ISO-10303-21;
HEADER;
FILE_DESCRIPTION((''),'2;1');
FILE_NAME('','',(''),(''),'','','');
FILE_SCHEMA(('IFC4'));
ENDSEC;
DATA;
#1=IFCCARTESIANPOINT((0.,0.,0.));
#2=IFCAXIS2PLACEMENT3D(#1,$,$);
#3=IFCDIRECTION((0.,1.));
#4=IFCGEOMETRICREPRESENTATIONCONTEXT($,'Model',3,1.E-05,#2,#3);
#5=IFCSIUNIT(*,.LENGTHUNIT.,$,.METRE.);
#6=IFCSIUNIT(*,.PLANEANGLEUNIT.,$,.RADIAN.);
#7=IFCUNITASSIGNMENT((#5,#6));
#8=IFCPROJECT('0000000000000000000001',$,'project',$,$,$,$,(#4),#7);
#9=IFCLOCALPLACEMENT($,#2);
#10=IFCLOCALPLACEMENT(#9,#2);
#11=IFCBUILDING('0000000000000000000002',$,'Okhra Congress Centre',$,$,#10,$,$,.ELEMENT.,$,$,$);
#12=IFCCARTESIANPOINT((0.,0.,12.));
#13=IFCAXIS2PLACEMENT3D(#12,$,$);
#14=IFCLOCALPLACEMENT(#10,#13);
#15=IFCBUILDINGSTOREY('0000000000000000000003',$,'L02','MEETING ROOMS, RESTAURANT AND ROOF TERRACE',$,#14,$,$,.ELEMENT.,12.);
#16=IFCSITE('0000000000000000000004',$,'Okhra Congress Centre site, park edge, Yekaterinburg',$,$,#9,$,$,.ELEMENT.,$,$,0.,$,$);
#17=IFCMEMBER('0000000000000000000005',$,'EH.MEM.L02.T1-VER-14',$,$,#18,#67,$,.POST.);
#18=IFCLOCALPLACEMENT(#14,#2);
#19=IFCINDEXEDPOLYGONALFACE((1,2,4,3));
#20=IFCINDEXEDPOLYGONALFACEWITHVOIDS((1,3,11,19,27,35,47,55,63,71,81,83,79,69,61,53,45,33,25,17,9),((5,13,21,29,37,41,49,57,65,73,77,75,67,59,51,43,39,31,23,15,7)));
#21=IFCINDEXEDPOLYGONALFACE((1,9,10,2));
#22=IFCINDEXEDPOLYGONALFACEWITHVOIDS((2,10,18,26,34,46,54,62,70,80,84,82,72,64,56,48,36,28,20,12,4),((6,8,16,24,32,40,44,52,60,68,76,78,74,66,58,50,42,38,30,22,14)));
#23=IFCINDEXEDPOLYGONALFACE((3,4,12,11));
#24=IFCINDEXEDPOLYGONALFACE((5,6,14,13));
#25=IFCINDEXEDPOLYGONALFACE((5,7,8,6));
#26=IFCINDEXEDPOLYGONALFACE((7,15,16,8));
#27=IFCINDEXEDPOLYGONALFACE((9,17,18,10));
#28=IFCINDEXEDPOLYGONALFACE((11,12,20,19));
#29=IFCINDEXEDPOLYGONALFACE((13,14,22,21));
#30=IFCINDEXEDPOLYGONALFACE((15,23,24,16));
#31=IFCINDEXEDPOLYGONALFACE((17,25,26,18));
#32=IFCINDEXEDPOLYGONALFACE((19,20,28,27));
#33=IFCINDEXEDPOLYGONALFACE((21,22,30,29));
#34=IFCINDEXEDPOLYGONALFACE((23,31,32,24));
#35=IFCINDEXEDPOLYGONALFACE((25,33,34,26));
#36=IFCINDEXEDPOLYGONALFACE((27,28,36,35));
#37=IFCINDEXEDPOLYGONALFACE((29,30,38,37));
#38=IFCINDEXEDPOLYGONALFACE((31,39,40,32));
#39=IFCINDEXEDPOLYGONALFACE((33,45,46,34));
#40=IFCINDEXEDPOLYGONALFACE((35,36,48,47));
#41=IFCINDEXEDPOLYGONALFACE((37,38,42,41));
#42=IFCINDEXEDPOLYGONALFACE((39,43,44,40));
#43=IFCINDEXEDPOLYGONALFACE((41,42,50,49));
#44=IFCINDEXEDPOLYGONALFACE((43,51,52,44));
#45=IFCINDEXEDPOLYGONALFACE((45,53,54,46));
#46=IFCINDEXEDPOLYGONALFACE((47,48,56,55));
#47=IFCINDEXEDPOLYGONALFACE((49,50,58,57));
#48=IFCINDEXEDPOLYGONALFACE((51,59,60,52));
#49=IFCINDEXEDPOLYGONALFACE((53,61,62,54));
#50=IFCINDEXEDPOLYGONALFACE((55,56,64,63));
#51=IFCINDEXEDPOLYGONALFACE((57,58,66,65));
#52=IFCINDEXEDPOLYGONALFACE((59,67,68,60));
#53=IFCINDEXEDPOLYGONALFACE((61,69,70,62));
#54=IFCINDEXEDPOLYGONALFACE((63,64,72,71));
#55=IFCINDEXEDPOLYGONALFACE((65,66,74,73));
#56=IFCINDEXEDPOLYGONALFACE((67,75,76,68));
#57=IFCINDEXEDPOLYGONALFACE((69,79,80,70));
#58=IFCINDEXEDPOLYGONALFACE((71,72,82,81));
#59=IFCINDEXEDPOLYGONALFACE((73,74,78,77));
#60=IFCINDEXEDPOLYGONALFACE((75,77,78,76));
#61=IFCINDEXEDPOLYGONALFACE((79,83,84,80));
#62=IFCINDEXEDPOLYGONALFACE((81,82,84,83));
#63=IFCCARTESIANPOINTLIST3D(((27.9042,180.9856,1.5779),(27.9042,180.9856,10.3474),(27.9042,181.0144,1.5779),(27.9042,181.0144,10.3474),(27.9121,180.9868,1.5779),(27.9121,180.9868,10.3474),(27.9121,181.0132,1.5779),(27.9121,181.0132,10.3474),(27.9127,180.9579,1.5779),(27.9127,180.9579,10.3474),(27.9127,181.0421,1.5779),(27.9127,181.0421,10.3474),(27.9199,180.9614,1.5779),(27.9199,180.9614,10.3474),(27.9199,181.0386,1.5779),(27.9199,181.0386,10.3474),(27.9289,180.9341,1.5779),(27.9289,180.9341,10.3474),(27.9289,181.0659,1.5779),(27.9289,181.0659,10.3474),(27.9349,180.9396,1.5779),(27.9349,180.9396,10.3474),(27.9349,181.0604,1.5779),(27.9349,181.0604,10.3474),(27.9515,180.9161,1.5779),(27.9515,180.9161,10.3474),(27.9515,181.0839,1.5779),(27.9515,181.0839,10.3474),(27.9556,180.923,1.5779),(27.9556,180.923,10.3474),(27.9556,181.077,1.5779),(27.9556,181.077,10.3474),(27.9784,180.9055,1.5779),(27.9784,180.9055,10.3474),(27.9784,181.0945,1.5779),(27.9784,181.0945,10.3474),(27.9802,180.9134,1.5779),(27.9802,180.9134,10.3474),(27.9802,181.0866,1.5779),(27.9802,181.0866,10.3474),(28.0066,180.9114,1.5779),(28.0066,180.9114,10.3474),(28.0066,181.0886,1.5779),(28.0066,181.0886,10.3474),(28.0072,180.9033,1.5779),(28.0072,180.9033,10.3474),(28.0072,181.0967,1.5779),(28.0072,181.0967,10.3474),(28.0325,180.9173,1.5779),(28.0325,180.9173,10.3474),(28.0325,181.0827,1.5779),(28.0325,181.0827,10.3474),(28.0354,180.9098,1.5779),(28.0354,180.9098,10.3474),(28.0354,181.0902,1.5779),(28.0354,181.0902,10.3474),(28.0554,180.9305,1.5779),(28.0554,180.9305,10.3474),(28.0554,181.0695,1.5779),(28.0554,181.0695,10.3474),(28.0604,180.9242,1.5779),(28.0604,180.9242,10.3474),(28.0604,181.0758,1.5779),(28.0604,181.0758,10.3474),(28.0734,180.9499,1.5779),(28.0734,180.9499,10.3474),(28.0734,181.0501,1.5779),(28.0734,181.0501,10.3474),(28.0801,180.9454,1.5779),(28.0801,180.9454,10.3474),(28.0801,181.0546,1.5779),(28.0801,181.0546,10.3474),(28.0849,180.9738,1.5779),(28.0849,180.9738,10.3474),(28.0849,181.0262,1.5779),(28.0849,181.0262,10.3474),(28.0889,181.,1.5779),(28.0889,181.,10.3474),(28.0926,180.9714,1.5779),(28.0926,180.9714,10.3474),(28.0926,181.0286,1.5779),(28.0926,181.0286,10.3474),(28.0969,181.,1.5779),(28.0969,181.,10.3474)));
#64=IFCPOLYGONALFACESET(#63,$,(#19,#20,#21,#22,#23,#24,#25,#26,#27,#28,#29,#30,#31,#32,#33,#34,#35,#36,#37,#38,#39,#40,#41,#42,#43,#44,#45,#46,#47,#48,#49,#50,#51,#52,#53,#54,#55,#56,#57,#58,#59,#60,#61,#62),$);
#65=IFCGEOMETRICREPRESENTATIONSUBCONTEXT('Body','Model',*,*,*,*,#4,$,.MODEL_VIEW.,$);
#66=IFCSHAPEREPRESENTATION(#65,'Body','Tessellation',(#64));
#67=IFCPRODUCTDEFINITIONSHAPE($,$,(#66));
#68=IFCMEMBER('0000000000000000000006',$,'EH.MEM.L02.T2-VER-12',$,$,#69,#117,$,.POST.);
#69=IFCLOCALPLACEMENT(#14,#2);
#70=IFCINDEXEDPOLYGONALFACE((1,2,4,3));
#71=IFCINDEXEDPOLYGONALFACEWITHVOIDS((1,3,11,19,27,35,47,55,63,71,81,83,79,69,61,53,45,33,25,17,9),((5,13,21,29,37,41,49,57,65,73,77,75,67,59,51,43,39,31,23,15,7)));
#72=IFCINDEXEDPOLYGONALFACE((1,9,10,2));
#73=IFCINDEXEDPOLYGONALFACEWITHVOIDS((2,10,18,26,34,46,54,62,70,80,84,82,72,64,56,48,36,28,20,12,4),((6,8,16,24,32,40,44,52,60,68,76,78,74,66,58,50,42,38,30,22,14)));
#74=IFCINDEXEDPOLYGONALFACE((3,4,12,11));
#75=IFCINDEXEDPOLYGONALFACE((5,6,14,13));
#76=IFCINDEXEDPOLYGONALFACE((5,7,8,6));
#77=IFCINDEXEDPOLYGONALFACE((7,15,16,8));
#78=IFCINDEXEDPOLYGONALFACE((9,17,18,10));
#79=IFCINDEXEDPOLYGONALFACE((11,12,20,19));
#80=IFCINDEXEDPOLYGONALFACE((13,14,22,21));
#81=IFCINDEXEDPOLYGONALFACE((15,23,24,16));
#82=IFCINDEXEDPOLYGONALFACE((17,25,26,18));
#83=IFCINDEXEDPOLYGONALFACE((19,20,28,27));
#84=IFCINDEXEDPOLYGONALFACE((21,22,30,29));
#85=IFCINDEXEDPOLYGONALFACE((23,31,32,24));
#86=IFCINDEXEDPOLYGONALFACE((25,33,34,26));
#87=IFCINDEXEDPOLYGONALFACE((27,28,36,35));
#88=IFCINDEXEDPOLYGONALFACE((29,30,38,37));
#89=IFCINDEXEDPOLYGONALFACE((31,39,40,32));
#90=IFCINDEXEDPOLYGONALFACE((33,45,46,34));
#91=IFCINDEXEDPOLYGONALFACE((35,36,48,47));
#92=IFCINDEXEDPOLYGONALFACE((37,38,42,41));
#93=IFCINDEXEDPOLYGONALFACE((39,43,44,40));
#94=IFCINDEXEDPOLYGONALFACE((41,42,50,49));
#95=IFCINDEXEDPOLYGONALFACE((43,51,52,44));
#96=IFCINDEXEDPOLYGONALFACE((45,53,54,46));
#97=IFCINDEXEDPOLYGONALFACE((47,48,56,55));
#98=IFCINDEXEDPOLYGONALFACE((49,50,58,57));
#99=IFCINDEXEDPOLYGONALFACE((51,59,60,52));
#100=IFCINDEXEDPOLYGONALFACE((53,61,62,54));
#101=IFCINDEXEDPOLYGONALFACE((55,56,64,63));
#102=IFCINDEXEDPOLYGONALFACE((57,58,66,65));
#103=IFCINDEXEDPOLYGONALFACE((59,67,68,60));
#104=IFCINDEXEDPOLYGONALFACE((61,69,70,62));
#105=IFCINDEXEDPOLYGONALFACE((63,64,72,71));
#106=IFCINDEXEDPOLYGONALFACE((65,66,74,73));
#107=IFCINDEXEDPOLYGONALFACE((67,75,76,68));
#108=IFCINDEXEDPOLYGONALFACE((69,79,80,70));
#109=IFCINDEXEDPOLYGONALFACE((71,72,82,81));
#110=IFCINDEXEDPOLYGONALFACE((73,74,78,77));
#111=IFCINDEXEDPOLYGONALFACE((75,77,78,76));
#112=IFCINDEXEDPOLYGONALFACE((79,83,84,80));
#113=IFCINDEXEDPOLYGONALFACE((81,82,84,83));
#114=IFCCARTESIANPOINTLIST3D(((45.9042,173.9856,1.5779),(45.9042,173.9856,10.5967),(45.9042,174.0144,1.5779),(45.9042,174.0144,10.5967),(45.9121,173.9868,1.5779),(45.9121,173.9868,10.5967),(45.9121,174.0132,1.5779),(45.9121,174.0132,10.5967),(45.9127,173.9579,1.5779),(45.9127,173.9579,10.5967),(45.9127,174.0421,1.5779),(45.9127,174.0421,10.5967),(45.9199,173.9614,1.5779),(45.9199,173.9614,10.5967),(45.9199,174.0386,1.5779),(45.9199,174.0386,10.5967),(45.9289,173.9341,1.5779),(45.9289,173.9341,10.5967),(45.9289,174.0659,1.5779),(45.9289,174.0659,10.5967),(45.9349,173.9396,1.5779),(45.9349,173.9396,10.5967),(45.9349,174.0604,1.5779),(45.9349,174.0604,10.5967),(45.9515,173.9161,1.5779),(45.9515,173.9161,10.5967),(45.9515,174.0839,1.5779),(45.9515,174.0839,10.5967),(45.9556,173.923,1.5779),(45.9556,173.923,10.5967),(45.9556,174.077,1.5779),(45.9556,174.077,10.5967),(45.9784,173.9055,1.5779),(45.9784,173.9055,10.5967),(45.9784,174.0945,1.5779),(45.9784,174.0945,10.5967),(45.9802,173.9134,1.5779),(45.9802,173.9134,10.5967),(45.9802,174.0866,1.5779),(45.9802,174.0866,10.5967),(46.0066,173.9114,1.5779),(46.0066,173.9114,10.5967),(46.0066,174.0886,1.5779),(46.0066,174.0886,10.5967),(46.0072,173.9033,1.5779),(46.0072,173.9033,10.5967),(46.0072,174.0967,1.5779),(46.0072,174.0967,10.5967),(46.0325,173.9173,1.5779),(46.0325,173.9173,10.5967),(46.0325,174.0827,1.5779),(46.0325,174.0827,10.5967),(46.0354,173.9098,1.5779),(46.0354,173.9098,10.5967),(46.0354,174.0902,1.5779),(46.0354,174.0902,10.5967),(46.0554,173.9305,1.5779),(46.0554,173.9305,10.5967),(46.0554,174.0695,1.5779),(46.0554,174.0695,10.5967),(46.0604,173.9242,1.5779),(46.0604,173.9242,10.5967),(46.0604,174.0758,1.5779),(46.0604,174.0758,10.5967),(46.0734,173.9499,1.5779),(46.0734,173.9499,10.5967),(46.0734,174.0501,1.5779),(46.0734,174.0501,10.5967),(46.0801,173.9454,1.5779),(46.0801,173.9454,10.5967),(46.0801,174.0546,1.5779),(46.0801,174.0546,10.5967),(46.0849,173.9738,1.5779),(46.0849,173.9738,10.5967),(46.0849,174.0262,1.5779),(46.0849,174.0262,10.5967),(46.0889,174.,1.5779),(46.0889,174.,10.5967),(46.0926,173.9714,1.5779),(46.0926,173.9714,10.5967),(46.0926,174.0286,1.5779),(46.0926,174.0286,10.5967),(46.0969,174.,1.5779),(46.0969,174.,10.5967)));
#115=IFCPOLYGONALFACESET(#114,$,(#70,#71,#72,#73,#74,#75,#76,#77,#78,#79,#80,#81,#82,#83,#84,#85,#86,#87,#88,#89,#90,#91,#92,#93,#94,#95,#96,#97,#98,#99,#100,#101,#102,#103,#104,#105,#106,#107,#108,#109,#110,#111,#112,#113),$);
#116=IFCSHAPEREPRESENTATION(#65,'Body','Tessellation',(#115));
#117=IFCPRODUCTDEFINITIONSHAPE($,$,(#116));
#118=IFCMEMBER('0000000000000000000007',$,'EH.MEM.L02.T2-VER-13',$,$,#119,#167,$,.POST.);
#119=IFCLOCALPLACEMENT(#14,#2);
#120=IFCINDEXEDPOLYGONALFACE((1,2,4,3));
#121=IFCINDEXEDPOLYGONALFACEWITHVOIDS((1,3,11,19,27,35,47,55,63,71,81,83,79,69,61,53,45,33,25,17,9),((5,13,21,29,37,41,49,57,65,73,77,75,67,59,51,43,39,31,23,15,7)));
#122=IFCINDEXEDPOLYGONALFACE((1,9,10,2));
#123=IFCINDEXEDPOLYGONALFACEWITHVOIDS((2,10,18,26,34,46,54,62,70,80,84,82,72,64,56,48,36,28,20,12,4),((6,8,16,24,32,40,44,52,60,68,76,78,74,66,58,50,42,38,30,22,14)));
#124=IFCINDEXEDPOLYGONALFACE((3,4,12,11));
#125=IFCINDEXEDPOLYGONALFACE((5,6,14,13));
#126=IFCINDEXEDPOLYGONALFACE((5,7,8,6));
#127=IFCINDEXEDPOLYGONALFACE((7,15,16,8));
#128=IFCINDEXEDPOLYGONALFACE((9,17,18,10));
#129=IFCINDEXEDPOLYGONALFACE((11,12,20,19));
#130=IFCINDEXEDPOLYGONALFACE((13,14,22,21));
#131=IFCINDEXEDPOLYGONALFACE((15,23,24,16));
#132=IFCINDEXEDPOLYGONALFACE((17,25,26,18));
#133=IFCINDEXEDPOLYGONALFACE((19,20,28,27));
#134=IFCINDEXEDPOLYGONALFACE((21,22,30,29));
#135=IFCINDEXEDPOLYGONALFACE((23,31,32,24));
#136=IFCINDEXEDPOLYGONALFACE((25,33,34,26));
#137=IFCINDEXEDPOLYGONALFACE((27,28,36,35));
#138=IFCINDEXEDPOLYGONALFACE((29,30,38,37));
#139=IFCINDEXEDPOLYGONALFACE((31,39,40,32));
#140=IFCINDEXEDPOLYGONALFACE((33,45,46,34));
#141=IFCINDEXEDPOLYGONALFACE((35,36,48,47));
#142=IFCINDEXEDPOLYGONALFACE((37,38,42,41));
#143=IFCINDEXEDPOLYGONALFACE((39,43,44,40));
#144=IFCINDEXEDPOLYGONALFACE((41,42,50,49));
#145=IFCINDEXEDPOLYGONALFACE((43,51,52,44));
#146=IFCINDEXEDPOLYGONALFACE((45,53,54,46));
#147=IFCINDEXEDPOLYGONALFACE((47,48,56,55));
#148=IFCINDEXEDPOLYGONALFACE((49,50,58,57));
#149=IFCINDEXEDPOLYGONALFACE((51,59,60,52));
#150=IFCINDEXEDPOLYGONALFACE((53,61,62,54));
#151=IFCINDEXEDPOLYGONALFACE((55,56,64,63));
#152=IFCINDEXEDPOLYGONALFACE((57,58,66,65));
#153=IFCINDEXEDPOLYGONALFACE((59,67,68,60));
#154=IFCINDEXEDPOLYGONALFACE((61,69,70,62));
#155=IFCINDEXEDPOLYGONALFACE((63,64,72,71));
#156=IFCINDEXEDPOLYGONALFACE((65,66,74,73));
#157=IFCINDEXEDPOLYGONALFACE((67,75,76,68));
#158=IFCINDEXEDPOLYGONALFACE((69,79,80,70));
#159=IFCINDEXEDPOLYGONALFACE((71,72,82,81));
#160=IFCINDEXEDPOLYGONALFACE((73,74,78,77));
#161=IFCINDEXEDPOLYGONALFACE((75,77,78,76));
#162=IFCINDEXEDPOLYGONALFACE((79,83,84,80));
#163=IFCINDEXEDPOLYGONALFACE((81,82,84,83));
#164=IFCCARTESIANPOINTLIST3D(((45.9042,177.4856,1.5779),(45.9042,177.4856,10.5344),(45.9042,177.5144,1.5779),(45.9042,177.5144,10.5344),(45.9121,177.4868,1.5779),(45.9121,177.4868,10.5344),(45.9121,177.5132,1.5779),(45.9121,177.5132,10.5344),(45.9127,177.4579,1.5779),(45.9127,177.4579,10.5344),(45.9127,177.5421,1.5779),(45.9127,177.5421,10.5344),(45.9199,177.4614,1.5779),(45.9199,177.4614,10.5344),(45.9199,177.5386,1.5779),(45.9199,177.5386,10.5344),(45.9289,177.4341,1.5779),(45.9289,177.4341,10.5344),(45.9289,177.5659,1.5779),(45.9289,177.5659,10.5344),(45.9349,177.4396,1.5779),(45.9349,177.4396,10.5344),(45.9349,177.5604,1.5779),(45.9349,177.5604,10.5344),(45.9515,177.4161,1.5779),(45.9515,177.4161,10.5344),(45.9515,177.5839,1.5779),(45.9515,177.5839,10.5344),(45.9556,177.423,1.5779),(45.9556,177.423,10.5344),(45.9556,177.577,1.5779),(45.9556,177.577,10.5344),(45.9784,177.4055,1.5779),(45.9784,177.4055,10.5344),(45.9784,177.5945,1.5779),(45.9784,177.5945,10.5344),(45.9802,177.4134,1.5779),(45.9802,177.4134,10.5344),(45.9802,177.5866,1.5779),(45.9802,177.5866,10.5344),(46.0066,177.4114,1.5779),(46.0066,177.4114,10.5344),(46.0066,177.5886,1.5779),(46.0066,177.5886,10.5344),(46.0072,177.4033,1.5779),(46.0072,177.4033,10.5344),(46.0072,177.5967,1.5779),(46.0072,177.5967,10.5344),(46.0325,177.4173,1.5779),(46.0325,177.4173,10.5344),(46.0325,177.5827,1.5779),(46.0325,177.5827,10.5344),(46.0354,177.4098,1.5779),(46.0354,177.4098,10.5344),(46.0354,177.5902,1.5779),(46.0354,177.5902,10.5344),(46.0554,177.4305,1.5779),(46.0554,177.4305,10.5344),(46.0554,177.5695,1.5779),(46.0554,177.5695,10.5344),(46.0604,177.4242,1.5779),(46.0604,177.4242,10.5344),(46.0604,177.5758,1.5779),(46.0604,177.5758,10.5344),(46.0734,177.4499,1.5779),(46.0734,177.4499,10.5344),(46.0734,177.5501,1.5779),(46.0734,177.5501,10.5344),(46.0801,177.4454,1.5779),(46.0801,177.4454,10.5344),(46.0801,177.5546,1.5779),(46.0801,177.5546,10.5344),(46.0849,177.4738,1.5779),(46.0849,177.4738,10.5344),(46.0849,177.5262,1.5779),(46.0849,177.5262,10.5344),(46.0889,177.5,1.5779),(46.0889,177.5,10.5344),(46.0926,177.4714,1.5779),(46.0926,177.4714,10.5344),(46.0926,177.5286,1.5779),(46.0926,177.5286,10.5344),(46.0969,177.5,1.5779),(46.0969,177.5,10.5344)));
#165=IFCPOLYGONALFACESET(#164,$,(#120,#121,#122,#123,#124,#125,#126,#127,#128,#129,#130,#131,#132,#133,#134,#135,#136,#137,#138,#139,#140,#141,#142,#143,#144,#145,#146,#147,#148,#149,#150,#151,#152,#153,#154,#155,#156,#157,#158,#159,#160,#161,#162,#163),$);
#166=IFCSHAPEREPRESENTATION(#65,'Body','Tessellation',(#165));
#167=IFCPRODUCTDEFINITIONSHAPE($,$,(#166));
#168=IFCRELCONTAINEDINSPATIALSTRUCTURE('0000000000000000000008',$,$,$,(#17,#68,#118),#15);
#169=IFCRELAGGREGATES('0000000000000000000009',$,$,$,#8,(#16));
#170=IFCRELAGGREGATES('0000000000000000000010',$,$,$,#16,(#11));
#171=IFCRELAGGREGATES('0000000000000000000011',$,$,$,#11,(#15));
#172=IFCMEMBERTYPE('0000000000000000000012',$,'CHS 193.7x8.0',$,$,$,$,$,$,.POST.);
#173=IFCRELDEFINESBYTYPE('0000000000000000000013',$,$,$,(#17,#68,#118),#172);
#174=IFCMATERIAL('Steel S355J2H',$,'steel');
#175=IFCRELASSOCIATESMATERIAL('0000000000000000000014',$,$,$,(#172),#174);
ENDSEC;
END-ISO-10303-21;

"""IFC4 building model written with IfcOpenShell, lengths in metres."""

from ifc_helpers import new_model, si_unit, direction, frame, origin, origin_2d, place, context, subcontext, project, spatial, hollow_circle, extrude, material, material_profile, profile_set, type_object, element, save


model = new_model("IFC4")

# Units and contexts
model_context = context("Model", 3, precision=1e-05, world=origin(), true_north=direction((0.0, 1.0)))
body_context = subcontext(model_context, "Body", "Model", "MODEL_VIEW")
ifc_project = project(units=[si_unit("LENGTHUNIT", "METRE"), si_unit("PLANEANGLEUNIT", "RADIAN")], contexts=[model_context])

# Site, building, storey
site_placement = place(None, origin())
site = spatial("IfcSite", under=ifc_project, at=site_placement, Name="Okhra Congress Centre site, park edge, Yekaterinburg", CompositionType="ELEMENT", RefElevation=0.0)
building_placement = place(site_placement, origin())
building = spatial("IfcBuilding", under=site, at=building_placement, Name="Okhra Congress Centre", CompositionType="ELEMENT")
storey_placement = place(building_placement, frame((0.0, 0.0, 12.0)))
storey = spatial("IfcBuildingStorey", under=building, at=storey_placement, Name="L02", Description="MEETING ROOMS, RESTAURANT AND ROOF TERRACE", CompositionType="ELEMENT", Elevation=12.0)

# Members
ifc_material_1 = material(Name="Steel S355J2H", Category="steel")
ifc_material_profile_1 = material_profile(ifc_material_1, hollow_circle(Radius=0.0969, WallThickness=0.0081, at=origin_2d()), Name="CHS 193.7x8.0")
ifc_profile_set_1 = profile_set([ifc_material_profile_1], Name="Steel S355J2H")
member_type_1 = type_object("IfcMemberType", Name="CHS 193.7x8.0", PredefinedType="POST", material=ifc_profile_set_1)
member_1_placement = place(storey_placement, frame((28.0, 181.0, 1.5779), z_axis=(0.0, 0.0, 1.0), x_axis=(1.0, 0.0, 0.0)))
element("IfcMember", 1, at=member_1_placement, inside=storey, type_object=member_type_1, Name="EH.MEM.L02.T1-VER-14", PredefinedType="POST", context=body_context, shape_type="SweptSolid", body=[
    extrude(hollow_circle(Radius=0.0969, WallThickness=0.0081, at=origin_2d()), origin(), (0.0, 0.0, 1.0), 8.7695),
])
member_2_placement = place(storey_placement, frame((46.0, 174.0, 1.5779), z_axis=(0.0, 0.0, 1.0), x_axis=(1.0, 0.0, 0.0)))
element("IfcMember", 2, at=member_2_placement, inside=storey, type_object=member_type_1, Name="EH.MEM.L02.T2-VER-12", PredefinedType="POST", context=body_context, shape_type="SweptSolid", body=[
    extrude(hollow_circle(Radius=0.0969, WallThickness=0.0081, at=origin_2d()), origin(), (0.0, 0.0, 1.0), 9.0188),
])
member_3_placement = place(storey_placement, frame((46.0, 177.5, 1.5779), z_axis=(0.0, 0.0, 1.0), x_axis=(1.0, 0.0, 0.0)))
element("IfcMember", 3, at=member_3_placement, inside=storey, type_object=member_type_1, Name="EH.MEM.L02.T2-VER-13", PredefinedType="POST", context=body_context, shape_type="SweptSolid", body=[
    extrude(hollow_circle(Radius=0.0969, WallThickness=0.0081, at=origin_2d()), origin(), (0.0, 0.0, 1.0), 8.9565),
])

save(model, "model.ifc")
